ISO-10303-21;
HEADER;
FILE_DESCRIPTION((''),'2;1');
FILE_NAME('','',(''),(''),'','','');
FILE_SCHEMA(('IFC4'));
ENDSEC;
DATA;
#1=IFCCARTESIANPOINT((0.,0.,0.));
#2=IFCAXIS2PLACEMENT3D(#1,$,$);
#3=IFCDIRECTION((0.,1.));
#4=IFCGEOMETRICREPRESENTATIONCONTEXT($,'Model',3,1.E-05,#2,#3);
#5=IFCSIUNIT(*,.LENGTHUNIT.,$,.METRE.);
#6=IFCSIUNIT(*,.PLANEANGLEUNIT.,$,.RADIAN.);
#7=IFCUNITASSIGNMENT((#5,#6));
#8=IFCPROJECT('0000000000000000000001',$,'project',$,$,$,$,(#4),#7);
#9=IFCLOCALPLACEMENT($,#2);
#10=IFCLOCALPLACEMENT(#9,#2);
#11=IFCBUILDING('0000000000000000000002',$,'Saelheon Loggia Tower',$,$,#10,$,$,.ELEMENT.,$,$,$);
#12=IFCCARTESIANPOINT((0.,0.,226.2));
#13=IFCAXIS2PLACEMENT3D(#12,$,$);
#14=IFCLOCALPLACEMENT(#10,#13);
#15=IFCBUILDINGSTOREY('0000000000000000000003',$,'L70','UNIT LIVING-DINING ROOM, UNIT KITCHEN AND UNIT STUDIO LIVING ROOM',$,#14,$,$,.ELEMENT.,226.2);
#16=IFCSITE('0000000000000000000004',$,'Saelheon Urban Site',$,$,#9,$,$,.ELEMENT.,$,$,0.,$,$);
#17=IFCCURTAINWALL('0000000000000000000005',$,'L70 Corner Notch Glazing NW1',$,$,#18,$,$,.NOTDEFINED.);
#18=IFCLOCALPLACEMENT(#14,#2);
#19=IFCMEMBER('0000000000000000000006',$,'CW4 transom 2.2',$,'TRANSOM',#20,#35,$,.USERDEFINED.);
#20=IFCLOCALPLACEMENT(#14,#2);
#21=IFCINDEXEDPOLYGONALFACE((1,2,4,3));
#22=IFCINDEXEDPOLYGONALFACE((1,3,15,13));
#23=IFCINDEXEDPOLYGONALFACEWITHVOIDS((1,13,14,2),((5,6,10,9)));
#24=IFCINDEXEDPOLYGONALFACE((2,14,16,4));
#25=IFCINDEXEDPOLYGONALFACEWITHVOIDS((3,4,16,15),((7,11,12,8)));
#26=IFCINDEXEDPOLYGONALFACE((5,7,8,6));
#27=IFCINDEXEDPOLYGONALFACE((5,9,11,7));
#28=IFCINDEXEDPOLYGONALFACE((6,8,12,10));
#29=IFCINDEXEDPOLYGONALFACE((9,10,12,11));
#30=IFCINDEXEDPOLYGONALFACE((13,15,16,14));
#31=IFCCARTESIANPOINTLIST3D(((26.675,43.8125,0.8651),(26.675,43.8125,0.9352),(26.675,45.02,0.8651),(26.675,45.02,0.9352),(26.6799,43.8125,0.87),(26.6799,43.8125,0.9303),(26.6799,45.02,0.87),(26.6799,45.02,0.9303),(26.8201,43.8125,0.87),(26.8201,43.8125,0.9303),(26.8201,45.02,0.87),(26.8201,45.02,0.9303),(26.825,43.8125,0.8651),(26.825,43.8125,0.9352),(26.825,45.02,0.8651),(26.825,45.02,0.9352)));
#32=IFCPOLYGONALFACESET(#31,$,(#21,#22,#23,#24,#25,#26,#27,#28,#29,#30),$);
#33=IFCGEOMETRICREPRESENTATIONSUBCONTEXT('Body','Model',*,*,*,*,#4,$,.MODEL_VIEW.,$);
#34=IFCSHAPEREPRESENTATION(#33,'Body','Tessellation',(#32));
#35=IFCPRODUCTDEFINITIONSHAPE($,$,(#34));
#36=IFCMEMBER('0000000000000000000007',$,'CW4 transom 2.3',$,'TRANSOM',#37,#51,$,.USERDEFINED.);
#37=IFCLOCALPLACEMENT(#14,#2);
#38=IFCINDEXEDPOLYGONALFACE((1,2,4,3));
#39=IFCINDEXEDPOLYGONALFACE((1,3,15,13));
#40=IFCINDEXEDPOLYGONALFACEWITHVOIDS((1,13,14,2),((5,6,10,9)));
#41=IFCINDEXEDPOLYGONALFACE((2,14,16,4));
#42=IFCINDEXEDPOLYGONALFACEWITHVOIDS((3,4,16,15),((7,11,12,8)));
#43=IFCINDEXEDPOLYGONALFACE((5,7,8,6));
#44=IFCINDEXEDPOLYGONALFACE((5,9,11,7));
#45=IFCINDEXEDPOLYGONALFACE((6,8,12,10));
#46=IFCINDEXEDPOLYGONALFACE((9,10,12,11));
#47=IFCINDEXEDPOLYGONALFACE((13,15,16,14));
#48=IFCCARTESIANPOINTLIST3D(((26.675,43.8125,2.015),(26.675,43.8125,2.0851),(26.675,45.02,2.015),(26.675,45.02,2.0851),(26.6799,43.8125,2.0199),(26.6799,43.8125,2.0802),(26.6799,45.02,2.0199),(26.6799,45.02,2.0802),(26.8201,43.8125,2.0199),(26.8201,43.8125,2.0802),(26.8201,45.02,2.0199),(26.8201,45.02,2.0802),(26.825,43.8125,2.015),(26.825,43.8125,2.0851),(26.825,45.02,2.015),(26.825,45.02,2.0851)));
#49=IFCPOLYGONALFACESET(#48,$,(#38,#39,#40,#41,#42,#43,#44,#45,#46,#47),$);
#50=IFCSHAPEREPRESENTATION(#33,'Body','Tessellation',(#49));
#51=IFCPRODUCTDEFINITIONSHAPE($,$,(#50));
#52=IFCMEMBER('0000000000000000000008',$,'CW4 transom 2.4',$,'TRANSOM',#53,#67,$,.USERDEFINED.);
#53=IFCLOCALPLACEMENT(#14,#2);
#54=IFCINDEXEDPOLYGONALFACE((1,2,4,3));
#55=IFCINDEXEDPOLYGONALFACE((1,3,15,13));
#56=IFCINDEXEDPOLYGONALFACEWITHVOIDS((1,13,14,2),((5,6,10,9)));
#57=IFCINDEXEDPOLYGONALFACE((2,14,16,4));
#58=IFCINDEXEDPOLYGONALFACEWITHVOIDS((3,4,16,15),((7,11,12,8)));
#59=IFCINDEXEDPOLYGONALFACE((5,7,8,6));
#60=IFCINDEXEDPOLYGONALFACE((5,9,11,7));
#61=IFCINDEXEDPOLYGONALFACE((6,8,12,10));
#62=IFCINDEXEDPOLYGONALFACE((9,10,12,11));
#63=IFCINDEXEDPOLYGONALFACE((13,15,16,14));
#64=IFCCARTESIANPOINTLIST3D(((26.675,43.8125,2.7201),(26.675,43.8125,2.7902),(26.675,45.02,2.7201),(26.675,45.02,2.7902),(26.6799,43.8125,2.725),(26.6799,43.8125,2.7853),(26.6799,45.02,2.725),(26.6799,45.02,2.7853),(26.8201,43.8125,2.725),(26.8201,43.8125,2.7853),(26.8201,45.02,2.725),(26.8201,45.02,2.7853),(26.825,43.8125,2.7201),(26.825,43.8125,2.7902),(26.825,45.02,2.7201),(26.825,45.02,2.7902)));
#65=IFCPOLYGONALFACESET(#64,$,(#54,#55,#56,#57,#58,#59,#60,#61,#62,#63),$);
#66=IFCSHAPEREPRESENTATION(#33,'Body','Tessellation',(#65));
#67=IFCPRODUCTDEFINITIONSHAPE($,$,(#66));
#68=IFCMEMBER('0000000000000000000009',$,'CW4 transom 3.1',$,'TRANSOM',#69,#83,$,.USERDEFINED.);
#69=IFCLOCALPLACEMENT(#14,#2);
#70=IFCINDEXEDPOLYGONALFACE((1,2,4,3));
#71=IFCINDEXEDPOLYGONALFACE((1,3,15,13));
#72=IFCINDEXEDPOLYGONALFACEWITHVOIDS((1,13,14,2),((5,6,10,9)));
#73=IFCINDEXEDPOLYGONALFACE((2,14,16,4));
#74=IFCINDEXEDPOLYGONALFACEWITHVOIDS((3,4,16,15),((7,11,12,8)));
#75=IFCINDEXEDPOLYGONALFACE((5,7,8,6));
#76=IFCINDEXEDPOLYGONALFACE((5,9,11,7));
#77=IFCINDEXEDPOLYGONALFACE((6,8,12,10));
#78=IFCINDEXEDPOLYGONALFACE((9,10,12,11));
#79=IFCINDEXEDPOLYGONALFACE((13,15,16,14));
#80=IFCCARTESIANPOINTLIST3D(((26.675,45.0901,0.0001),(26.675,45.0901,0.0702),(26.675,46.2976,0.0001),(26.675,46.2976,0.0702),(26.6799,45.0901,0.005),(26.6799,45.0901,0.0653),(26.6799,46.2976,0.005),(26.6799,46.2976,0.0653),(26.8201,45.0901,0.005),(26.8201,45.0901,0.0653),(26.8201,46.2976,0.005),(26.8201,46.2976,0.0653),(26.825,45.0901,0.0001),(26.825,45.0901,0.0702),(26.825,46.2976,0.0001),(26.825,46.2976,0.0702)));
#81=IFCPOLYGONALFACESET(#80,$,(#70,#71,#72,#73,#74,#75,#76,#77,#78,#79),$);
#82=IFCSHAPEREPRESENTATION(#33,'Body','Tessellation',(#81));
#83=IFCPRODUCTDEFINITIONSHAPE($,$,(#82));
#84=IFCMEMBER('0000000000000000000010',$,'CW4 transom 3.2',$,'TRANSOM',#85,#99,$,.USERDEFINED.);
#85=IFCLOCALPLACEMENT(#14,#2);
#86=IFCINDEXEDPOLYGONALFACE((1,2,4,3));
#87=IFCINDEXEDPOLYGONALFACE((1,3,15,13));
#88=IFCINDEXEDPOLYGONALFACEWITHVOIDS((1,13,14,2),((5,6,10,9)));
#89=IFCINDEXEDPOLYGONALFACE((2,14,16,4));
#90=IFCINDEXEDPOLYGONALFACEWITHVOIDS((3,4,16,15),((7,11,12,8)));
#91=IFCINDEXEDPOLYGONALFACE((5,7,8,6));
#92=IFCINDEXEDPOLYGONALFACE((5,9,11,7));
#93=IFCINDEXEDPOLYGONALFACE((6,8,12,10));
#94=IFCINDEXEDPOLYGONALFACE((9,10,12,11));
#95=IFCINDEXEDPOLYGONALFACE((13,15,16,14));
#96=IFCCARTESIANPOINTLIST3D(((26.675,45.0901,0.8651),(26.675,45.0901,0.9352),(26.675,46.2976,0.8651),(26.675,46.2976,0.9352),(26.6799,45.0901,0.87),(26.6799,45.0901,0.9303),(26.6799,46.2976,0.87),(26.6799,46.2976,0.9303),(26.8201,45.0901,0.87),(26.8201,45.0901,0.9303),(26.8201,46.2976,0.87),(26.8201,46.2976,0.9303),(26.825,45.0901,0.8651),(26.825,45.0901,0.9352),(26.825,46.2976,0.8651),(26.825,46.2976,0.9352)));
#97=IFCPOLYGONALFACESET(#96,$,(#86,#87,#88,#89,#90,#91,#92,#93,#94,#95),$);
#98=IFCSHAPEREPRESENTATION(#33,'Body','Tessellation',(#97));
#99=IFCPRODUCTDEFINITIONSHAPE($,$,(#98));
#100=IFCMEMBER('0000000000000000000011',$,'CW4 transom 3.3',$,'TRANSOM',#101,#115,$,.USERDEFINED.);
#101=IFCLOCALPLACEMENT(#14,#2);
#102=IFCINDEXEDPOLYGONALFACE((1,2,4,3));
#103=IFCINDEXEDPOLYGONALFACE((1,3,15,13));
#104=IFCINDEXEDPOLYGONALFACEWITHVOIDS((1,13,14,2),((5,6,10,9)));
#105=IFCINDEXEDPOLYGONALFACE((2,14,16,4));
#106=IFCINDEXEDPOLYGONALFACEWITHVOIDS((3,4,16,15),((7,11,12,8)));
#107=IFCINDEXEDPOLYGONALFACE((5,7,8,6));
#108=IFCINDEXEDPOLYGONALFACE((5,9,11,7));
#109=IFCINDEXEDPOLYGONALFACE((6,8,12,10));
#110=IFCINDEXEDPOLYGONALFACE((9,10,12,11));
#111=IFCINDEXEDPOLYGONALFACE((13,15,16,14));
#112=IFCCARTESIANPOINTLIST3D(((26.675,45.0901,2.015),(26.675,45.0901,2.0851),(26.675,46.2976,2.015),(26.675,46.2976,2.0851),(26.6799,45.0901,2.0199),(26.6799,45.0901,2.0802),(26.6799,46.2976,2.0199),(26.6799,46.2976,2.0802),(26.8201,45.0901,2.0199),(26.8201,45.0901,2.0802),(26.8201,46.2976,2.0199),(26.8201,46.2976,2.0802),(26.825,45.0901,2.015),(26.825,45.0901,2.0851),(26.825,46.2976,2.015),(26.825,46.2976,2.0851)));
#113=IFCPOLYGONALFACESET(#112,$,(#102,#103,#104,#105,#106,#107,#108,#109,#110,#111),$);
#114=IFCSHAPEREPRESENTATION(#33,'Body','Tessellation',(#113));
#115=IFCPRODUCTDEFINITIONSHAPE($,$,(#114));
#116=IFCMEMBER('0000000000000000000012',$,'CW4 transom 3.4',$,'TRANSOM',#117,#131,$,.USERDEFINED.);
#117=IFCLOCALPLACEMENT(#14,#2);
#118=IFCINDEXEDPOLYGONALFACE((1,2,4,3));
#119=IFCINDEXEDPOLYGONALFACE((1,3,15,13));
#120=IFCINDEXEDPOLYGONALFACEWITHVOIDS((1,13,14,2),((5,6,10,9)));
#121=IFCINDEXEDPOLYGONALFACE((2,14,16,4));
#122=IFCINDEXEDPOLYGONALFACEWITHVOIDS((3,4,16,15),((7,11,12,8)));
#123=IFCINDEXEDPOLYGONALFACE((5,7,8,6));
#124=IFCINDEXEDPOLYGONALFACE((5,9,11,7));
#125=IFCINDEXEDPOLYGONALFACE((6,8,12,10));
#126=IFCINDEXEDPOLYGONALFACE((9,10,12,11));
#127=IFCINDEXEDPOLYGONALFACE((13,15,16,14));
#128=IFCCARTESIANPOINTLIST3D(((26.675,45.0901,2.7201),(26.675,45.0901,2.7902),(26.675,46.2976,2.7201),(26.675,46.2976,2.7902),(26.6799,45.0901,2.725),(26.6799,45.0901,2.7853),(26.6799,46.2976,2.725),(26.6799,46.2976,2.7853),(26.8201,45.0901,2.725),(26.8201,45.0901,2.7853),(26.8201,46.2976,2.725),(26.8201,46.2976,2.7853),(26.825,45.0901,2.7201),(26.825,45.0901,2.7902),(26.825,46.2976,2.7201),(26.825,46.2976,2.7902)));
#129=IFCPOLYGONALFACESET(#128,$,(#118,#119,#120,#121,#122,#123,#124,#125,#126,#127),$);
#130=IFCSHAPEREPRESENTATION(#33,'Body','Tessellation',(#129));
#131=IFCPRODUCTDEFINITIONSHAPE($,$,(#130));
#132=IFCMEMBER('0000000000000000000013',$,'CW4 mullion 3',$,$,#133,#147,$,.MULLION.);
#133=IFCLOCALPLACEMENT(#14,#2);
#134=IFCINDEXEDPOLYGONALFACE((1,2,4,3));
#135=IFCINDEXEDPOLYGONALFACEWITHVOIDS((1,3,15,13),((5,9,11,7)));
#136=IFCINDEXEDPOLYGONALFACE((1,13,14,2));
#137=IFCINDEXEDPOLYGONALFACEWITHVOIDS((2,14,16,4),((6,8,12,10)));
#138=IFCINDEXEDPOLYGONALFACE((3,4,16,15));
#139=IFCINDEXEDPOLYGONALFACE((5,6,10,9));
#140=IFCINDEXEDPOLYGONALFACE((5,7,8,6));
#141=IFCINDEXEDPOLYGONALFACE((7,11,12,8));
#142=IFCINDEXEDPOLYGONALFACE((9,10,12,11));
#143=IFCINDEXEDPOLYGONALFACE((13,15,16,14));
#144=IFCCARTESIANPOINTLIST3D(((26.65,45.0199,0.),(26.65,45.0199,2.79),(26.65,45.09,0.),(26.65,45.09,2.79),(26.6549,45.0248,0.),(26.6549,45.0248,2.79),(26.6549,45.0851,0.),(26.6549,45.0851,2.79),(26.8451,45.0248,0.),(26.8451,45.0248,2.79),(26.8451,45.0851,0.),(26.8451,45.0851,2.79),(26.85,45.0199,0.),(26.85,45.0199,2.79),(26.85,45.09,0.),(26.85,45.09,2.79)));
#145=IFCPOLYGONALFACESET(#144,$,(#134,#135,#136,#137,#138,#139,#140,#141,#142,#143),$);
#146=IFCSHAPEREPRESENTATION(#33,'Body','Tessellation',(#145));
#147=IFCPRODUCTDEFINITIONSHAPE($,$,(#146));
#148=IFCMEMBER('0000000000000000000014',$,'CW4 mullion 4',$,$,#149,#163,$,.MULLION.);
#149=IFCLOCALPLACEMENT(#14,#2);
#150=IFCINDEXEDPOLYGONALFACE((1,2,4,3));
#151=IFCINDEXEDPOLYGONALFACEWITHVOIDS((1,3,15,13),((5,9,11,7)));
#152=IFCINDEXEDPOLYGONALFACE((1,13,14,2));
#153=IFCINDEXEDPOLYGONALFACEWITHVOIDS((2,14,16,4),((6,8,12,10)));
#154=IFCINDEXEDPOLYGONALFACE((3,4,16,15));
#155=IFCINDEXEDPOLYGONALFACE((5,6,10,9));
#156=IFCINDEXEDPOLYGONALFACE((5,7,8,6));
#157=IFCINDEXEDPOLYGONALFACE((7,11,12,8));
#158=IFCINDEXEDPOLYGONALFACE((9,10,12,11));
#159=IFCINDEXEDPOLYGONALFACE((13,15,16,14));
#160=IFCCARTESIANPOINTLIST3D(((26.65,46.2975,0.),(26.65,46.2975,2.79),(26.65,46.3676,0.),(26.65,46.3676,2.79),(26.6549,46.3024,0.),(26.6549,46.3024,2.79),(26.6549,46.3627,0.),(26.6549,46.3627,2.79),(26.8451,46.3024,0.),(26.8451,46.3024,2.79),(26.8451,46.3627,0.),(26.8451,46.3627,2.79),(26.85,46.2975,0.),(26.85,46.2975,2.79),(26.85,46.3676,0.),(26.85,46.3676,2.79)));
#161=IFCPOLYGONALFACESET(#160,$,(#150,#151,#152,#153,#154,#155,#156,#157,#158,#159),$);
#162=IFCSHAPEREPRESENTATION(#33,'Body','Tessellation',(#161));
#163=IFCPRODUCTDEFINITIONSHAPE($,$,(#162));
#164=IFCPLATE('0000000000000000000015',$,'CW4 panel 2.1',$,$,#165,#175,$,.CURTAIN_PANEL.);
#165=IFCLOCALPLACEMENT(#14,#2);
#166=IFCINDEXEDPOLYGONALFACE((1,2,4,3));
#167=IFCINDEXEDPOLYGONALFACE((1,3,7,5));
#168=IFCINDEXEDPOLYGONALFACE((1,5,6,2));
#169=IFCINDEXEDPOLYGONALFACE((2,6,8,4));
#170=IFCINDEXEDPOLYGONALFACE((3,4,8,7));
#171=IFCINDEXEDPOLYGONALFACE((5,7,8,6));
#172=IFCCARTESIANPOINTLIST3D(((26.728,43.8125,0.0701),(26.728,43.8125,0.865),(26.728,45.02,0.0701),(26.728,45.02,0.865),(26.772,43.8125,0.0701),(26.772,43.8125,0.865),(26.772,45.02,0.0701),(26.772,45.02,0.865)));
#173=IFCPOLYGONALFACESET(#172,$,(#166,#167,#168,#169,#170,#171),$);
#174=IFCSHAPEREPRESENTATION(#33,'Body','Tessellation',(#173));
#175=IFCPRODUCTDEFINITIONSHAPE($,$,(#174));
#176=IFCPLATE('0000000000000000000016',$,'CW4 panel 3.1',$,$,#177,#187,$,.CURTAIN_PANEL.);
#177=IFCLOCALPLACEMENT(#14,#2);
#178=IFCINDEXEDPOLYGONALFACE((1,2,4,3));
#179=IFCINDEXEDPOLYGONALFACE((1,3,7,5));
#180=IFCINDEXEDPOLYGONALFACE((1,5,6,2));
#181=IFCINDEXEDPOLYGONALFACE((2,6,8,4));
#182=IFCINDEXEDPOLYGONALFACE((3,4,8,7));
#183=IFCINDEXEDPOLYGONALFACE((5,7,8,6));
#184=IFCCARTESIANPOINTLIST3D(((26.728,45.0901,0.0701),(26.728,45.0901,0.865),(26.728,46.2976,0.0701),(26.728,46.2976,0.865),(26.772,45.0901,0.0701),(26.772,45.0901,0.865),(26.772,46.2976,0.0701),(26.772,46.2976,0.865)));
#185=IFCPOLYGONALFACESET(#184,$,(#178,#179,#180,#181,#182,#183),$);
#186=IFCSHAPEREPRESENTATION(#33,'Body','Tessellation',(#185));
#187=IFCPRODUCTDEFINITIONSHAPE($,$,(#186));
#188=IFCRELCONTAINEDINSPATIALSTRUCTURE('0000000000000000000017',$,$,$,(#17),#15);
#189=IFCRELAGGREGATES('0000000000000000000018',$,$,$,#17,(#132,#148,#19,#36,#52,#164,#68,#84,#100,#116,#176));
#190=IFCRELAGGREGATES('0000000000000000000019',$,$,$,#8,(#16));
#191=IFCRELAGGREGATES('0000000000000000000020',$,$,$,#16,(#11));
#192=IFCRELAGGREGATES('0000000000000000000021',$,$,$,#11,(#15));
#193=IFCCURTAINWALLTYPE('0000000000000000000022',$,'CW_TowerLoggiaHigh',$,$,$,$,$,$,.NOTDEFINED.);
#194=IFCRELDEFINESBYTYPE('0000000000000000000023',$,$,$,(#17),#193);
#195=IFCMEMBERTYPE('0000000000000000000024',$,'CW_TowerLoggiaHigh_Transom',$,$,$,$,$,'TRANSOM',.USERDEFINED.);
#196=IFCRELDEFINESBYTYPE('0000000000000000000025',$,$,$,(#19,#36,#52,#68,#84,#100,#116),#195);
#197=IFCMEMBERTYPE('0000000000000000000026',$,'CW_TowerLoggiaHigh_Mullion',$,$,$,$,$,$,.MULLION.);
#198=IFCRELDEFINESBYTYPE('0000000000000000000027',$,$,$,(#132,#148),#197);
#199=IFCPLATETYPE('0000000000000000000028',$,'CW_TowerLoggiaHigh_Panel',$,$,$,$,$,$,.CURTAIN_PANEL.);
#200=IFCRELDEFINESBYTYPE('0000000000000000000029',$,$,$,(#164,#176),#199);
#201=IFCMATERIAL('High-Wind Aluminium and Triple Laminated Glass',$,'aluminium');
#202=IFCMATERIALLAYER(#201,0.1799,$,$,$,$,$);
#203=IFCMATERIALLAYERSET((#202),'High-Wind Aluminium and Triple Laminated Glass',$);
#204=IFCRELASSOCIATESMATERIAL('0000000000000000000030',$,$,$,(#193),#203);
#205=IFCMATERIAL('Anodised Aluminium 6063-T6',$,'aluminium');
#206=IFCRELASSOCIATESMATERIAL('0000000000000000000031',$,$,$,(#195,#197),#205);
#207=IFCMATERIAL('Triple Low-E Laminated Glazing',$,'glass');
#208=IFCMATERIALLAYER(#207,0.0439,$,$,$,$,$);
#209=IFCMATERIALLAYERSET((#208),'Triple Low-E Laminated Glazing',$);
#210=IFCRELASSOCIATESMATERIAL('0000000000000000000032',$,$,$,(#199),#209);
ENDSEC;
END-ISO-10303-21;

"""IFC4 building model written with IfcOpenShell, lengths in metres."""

from ifc_helpers import new_model, si_unit, direction, frame, origin, origin_2d, place, context, subcontext, project, spatial, rectangle, hollow_rectangle, extrude, source, transform, mapped, material, layer, layer_set, material_profile, profile_set, type_object, element, aggregate, save


model = new_model("IFC4")

# Units and contexts
model_context = context("Model", 3, precision=1e-05, world=origin(), true_north=direction((0.0, 1.0)))
body_context = subcontext(model_context, "Body", "Model", "MODEL_VIEW")
ifc_project = project(units=[si_unit("LENGTHUNIT", "METRE"), si_unit("PLANEANGLEUNIT", "RADIAN")], contexts=[model_context])

# Site, building, storey
site_placement = place(None, origin())
site = spatial("IfcSite", under=ifc_project, at=site_placement, Name="Saelheon Urban Site", CompositionType="ELEMENT", RefElevation=0.0)
building_placement = place(site_placement, origin())
building = spatial("IfcBuilding", under=site, at=building_placement, Name="Saelheon Loggia Tower", CompositionType="ELEMENT")
storey_placement = place(building_placement, frame((0.0, 0.0, 226.2)))
storey = spatial("IfcBuildingStorey", under=building, at=storey_placement, Name="L70", Description="UNIT LIVING-DINING ROOM, UNIT KITCHEN AND UNIT STUDIO LIVING ROOM", CompositionType="ELEMENT", Elevation=226.2)

# Curtain wall, members, plates
ifc_material_1 = material(Name="High-Wind Aluminium and Triple Laminated Glass", Category="aluminium")
ifc_layer_1 = layer(ifc_material_1, 0.1799)
ifc_layer_set_1 = layer_set([ifc_layer_1], Name="High-Wind Aluminium and Triple Laminated Glass")
curtain_wall_type = type_object("IfcCurtainWallType", Name="CW_TowerLoggiaHigh", PredefinedType="NOTDEFINED", material=ifc_layer_set_1)
curtain_wall_placement = place(storey_placement, origin())
curtain_wall = element("IfcCurtainWall", 1, at=curtain_wall_placement, inside=storey, type_object=curtain_wall_type, Name="L70 Corner Notch Glazing NW1", PredefinedType="NOTDEFINED")
ifc_material_2 = material(Name="Anodised Aluminium 6063-T6", Category="aluminium")
ifc_material_profile_1 = material_profile(ifc_material_2, hollow_rectangle(XDim=0.0701, YDim=0.1499, WallThickness=0.0049, at=origin_2d()), Name="RHS-150x70x5")
ifc_profile_set_1 = profile_set([ifc_material_profile_1], Name="Anodised Aluminium 6063-T6")
member_type_1 = type_object("IfcMemberType", Name="CW_TowerLoggiaHigh_Transom", ElementType="TRANSOM", PredefinedType="USERDEFINED", material=ifc_profile_set_1)
shared_shape_1 = source(origin(), body_context, "Body", "SweptSolid", [
    extrude(hollow_rectangle(XDim=0.0701, YDim=0.1499, WallThickness=0.0049, at=origin_2d()), origin(), (0.0, 0.0, 1.0), 1.2075),
])
member_1_placement = place(storey_placement, frame((26.75, 43.8125, 0.9001), z_axis=(0.0, 1.0, 0.0), x_axis=(0.0, 0.0, 1.0)))
member_1 = element("IfcMember", 2, at=member_1_placement, type_object=member_type_1, Name="CW4 transom 2.2", ObjectType="TRANSOM", PredefinedType="USERDEFINED", context=body_context, shape_type="MappedRepresentation", body=[
    mapped(shared_shape_1, transform((0.0, 0.0, 0.0), scale=1.0)),
])
member_2_placement = place(storey_placement, frame((26.75, 43.8125, 2.05), z_axis=(0.0, 1.0, 0.0), x_axis=(0.0, 0.0, 1.0)))
member_2 = element("IfcMember", 3, at=member_2_placement, type_object=member_type_1, Name="CW4 transom 2.3", ObjectType="TRANSOM", PredefinedType="USERDEFINED", context=body_context, shape_type="MappedRepresentation", body=[
    mapped(shared_shape_1, transform((0.0, 0.0, 0.0), scale=1.0)),
])
member_3_placement = place(storey_placement, frame((26.75, 43.8125, 2.7551), z_axis=(0.0, 1.0, 0.0), x_axis=(0.0, 0.0, 1.0)))
member_3 = element("IfcMember", 4, at=member_3_placement, type_object=member_type_1, Name="CW4 transom 2.4", ObjectType="TRANSOM", PredefinedType="USERDEFINED", context=body_context, shape_type="MappedRepresentation", body=[
    mapped(shared_shape_1, transform((0.0, 0.0, 0.0), scale=1.0)),
])
member_4_placement = place(storey_placement, frame((26.75, 45.0901, 0.0352), z_axis=(0.0, 1.0, 0.0), x_axis=(0.0, 0.0, 1.0)))
member_4 = element("IfcMember", 5, at=member_4_placement, type_object=member_type_1, Name="CW4 transom 3.1", ObjectType="TRANSOM", PredefinedType="USERDEFINED", context=body_context, shape_type="MappedRepresentation", body=[
    mapped(shared_shape_1, transform((0.0, 0.0, 0.0), scale=1.0)),
])
member_5_placement = place(storey_placement, frame((26.75, 45.0901, 0.9001), z_axis=(0.0, 1.0, 0.0), x_axis=(0.0, 0.0, 1.0)))
member_5 = element("IfcMember", 6, at=member_5_placement, type_object=member_type_1, Name="CW4 transom 3.2", ObjectType="TRANSOM", PredefinedType="USERDEFINED", context=body_context, shape_type="MappedRepresentation", body=[
    mapped(shared_shape_1, transform((0.0, 0.0, 0.0), scale=1.0)),
])
member_6_placement = place(storey_placement, frame((26.75, 45.0901, 2.05), z_axis=(0.0, 1.0, 0.0), x_axis=(0.0, 0.0, 1.0)))
member_6 = element("IfcMember", 7, at=member_6_placement, type_object=member_type_1, Name="CW4 transom 3.3", ObjectType="TRANSOM", PredefinedType="USERDEFINED", context=body_context, shape_type="MappedRepresentation", body=[
    mapped(shared_shape_1, transform((0.0, 0.0, 0.0), scale=1.0)),
])
member_7_placement = place(storey_placement, frame((26.75, 45.0901, 2.7551), z_axis=(0.0, 1.0, 0.0), x_axis=(0.0, 0.0, 1.0)))
member_7 = element("IfcMember", 8, at=member_7_placement, type_object=member_type_1, Name="CW4 transom 3.4", ObjectType="TRANSOM", PredefinedType="USERDEFINED", context=body_context, shape_type="MappedRepresentation", body=[
    mapped(shared_shape_1, transform((0.0, 0.0, 0.0), scale=1.0)),
])
ifc_material_profile_2 = material_profile(ifc_material_2, hollow_rectangle(XDim=0.0701, YDim=0.2, WallThickness=0.0049, at=origin_2d()), Name="RHS-200x70x5")
ifc_profile_set_2 = profile_set([ifc_material_profile_2], Name="Anodised Aluminium 6063-T6")
member_type_2 = type_object("IfcMemberType", Name="CW_TowerLoggiaHigh_Mullion", PredefinedType="MULLION", material=ifc_profile_set_2)
shared_shape_2 = source(origin(), body_context, "Body", "SweptSolid", [
    extrude(hollow_rectangle(XDim=0.0701, YDim=0.2, WallThickness=0.0049, at=origin_2d()), origin(), (0.0, 0.0, 1.0), 2.79),
])
member_8_placement = place(storey_placement, frame((26.75, 45.0549, 0.0), z_axis=(0.0, 0.0, 1.0), x_axis=(0.0, 1.0, 0.0)))
member_8 = element("IfcMember", 9, at=member_8_placement, type_object=member_type_2, Name="CW4 mullion 3", PredefinedType="MULLION", context=body_context, shape_type="MappedRepresentation", body=[
    mapped(shared_shape_2, transform((0.0, 0.0, 0.0), scale=1.0)),
])
member_9_placement = place(storey_placement, frame((26.75, 46.3325, 0.0), z_axis=(0.0, 0.0, 1.0), x_axis=(0.0, 1.0, 0.0)))
member_9 = element("IfcMember", 10, at=member_9_placement, type_object=member_type_2, Name="CW4 mullion 4", PredefinedType="MULLION", context=body_context, shape_type="MappedRepresentation", body=[
    mapped(shared_shape_2, transform((0.0, 0.0, 0.0), scale=1.0)),
])
ifc_material_3 = material(Name="Triple Low-E Laminated Glazing", Category="glass")
ifc_layer_2 = layer(ifc_material_3, 0.0439)
ifc_layer_set_2 = layer_set([ifc_layer_2], Name="Triple Low-E Laminated Glazing")
plate_type = type_object("IfcPlateType", Name="CW_TowerLoggiaHigh_Panel", PredefinedType="CURTAIN_PANEL", material=ifc_layer_set_2)
shared_shape_3 = source(origin(), body_context, "Body", "SweptSolid", [
    extrude(rectangle(XDim=1.2075, YDim=0.0439, at=origin_2d()), origin(), (0.0, 0.0, 1.0), 0.7949),
])
plate_1_placement = place(storey_placement, frame((26.75, 44.4163, 0.0701), z_axis=(0.0, 0.0, 1.0), x_axis=(0.0, 1.0, 0.0)))
plate_1 = element("IfcPlate", 11, at=plate_1_placement, type_object=plate_type, Name="CW4 panel 2.1", PredefinedType="CURTAIN_PANEL", context=body_context, shape_type="MappedRepresentation", body=[
    mapped(shared_shape_3, transform((0.0, 0.0, 0.0), scale=1.0)),
])
plate_2_placement = place(storey_placement, frame((26.75, 45.6938, 0.0701), z_axis=(0.0, 0.0, 1.0), x_axis=(0.0, 1.0, 0.0)))
plate_2 = element("IfcPlate", 12, at=plate_2_placement, type_object=plate_type, Name="CW4 panel 3.1", PredefinedType="CURTAIN_PANEL", context=body_context, shape_type="MappedRepresentation", body=[
    mapped(shared_shape_3, transform((0.0, 0.0, 0.0), scale=1.0)),
])
aggregate(curtain_wall, [member_8, member_9, member_1, member_2, member_3, plate_1, member_4, member_5, member_6, member_7, plate_2])

save(model, "model.ifc")
